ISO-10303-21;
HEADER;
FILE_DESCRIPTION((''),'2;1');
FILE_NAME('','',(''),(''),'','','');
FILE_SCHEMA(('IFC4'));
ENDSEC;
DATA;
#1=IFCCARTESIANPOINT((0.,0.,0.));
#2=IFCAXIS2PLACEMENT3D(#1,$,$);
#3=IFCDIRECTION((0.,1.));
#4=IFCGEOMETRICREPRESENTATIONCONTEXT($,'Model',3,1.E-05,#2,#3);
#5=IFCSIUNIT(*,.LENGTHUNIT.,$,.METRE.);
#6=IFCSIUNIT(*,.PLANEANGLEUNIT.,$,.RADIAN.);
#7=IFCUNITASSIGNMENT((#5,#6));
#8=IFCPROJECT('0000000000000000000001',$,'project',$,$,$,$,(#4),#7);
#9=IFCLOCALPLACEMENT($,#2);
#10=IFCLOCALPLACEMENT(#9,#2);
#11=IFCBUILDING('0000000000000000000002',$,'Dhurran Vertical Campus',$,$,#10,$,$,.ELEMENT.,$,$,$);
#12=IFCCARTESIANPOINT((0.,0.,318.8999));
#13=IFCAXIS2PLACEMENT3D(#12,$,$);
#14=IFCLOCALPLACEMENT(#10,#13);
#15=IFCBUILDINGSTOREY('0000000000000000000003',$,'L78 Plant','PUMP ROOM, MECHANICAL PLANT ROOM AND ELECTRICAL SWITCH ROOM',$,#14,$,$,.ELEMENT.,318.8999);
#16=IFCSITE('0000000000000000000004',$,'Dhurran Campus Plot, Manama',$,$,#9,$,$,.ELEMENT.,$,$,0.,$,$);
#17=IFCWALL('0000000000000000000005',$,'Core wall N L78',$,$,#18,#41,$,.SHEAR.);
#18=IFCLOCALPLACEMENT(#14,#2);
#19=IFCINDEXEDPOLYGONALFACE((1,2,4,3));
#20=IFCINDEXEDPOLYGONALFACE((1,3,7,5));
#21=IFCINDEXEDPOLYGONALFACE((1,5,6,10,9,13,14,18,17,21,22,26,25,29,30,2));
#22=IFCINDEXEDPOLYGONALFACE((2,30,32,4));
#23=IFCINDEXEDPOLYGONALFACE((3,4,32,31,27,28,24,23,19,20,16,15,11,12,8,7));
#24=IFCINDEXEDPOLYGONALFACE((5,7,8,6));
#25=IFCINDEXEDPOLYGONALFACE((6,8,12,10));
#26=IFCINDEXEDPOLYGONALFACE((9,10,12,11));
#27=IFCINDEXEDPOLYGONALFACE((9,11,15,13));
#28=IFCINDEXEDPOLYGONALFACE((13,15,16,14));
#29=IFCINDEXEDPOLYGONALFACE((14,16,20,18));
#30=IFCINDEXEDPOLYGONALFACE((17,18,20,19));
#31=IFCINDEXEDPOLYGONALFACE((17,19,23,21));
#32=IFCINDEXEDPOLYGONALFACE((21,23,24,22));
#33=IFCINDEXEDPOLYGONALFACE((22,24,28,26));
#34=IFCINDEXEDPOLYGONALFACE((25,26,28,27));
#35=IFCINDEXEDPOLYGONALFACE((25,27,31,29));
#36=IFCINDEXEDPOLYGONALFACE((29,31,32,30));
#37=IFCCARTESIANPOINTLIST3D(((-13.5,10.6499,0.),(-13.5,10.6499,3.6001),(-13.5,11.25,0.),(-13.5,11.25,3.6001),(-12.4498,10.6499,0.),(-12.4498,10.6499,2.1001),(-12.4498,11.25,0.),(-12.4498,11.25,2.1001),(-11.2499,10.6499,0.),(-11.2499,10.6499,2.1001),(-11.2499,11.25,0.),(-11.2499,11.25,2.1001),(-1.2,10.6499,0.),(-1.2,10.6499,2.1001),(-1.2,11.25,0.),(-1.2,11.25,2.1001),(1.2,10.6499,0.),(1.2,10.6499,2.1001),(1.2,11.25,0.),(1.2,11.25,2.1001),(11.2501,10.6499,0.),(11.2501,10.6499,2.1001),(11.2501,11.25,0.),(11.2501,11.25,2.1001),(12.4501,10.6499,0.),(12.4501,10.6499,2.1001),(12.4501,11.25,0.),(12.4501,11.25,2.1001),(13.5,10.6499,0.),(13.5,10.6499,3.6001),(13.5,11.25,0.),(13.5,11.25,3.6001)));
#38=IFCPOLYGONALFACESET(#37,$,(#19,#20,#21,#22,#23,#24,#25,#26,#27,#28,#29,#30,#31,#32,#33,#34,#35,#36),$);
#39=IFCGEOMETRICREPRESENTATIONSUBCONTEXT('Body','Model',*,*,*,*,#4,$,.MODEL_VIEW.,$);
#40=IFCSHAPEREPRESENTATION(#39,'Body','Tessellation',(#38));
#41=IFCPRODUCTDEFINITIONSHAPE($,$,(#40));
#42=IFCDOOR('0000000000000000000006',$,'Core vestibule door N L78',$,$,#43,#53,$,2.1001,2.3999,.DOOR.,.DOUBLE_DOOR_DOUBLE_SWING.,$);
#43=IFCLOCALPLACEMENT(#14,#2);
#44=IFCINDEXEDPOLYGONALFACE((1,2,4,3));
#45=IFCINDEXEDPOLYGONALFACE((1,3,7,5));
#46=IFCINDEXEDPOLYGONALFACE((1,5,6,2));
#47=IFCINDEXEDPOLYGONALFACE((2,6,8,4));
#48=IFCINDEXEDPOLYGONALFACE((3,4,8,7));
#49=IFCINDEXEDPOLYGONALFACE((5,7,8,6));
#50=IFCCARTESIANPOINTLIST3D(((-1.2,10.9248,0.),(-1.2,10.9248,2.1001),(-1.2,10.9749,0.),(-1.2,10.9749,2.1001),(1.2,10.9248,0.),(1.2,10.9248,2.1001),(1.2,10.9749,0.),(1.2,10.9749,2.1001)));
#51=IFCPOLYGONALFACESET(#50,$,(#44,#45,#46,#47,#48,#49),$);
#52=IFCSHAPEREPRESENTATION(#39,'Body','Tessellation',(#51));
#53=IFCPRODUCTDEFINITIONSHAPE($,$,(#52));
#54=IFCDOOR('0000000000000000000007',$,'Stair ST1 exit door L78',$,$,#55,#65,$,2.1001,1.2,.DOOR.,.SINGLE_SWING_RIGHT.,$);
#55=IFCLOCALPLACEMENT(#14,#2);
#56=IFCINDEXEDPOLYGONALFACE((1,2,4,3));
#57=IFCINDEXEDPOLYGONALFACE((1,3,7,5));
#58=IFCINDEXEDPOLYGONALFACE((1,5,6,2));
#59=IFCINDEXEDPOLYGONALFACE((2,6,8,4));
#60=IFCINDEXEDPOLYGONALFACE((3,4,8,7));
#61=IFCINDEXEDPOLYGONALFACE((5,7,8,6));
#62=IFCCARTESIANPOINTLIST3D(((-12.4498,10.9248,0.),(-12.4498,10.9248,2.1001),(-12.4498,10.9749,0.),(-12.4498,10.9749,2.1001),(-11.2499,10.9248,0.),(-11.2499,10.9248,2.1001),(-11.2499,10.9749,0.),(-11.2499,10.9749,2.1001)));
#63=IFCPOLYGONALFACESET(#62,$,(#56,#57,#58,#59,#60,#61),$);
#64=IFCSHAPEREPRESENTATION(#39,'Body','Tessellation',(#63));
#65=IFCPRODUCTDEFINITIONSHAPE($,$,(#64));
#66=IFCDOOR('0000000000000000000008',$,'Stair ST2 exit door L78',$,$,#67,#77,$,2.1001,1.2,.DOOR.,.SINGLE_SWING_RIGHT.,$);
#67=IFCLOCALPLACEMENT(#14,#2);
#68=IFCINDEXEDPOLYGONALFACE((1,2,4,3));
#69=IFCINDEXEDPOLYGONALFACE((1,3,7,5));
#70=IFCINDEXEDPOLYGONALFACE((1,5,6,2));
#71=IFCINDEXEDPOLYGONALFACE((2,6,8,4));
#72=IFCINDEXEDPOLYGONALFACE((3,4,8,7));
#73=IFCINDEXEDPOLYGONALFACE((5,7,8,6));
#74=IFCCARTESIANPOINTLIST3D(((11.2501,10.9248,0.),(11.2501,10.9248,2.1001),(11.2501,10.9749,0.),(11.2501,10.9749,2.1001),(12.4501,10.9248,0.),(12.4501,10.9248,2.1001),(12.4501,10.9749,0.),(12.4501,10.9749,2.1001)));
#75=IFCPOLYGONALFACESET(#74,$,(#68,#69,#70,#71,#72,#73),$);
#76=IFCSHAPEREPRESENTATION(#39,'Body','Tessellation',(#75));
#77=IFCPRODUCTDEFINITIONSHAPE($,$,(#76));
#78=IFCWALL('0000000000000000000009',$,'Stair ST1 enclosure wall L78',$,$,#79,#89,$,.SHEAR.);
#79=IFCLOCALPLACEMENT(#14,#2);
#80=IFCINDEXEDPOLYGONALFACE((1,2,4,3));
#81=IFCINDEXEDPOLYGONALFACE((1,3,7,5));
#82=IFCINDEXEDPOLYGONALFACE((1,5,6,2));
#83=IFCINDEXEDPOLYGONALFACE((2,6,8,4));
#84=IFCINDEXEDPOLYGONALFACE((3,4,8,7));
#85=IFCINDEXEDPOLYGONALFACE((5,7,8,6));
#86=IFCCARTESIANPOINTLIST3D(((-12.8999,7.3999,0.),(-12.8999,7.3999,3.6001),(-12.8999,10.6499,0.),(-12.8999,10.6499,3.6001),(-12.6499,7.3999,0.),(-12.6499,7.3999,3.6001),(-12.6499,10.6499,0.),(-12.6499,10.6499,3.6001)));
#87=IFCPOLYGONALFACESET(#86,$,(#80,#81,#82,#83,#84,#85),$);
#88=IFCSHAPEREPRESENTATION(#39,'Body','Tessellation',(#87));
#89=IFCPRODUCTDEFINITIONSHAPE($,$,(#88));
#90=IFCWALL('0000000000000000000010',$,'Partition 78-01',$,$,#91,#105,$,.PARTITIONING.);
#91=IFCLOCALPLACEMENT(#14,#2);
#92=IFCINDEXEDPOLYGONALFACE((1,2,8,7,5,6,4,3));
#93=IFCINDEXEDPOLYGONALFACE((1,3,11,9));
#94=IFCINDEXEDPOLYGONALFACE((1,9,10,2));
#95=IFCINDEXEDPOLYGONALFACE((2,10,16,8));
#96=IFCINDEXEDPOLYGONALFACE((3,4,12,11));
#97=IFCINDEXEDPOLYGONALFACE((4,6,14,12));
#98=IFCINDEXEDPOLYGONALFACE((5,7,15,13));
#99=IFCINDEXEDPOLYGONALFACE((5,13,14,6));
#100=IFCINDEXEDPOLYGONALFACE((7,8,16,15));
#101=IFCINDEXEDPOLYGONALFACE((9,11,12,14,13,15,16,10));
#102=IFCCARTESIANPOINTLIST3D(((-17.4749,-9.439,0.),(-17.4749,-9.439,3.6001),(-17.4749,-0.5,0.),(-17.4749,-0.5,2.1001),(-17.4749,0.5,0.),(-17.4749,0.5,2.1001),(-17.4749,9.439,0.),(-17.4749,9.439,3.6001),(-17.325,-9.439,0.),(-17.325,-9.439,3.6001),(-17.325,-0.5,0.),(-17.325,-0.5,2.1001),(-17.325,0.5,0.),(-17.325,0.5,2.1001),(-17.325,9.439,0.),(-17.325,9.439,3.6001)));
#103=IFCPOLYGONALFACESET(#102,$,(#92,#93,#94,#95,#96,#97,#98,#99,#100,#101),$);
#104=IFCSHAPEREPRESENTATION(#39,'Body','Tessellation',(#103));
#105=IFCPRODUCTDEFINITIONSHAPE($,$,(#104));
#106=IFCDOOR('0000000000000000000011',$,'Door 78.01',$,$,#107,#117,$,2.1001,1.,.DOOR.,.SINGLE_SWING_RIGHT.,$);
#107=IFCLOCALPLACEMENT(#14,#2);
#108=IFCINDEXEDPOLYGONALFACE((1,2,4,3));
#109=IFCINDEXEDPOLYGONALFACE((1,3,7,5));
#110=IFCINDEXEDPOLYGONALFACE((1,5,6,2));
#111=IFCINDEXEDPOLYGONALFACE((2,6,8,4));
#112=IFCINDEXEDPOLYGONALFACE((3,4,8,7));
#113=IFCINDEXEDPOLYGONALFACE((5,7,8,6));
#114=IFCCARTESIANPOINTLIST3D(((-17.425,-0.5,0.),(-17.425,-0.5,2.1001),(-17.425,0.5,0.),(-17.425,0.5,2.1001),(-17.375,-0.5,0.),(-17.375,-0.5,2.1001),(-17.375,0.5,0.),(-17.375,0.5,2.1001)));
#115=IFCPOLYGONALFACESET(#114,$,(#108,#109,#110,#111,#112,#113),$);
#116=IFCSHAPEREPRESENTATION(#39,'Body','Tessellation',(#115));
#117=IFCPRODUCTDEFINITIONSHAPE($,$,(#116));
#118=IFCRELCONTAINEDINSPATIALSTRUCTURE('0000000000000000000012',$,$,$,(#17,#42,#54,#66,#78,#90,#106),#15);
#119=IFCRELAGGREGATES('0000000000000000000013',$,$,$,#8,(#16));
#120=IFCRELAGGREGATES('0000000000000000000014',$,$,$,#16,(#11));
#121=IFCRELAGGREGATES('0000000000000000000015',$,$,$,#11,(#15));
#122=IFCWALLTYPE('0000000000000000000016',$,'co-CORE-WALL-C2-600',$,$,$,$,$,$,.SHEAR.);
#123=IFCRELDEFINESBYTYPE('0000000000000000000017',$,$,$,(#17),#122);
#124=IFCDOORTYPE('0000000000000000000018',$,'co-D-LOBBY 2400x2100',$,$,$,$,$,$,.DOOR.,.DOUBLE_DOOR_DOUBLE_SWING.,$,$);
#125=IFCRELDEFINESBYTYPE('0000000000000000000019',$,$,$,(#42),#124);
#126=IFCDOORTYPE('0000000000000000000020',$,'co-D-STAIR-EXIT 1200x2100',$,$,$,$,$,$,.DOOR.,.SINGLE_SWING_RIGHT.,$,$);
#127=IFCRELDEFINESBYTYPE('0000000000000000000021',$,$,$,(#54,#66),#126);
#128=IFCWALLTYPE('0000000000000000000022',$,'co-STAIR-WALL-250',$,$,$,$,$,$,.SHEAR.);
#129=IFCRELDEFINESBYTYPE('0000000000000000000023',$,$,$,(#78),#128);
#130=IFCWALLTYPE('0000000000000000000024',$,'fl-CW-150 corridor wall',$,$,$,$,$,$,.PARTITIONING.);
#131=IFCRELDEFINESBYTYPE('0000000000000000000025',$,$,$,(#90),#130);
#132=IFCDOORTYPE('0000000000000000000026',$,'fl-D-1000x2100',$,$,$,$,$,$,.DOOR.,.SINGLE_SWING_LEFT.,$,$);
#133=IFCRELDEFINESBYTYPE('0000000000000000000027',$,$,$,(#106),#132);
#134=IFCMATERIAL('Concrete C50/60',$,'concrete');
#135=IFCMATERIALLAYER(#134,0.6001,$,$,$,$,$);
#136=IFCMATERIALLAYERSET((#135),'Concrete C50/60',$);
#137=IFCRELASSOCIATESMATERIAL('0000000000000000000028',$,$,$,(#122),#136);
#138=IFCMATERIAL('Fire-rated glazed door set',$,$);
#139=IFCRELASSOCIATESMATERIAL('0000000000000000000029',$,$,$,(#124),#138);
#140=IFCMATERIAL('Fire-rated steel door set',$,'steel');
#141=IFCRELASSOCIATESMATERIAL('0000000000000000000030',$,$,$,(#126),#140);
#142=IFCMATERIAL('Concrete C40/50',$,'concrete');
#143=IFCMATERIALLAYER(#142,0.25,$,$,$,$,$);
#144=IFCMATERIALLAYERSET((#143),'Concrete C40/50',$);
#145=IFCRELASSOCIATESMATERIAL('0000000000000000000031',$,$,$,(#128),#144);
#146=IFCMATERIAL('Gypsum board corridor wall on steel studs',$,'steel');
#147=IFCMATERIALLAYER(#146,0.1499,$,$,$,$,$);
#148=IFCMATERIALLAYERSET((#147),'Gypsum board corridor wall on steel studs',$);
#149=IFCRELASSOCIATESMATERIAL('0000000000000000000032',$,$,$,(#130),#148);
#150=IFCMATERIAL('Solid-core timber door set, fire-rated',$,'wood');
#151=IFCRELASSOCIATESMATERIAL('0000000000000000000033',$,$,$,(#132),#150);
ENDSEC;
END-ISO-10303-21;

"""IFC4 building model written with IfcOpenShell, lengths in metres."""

from ifc_helpers import new_model, si_unit, direction, frame, frame_2d, origin, place, context, subcontext, project, spatial, rectangle, extrude, material, layer, layer_set, type_object, element, fill, save


model = new_model("IFC4")

# Units and contexts
model_context = context("Model", 3, precision=1e-05, world=origin(), true_north=direction((0.0, 1.0)))
body_context = subcontext(model_context, "Body", "Model", "MODEL_VIEW")
ifc_project = project(units=[si_unit("LENGTHUNIT", "METRE"), si_unit("PLANEANGLEUNIT", "RADIAN")], contexts=[model_context])

# Site, building, storey
site_placement = place(None, origin())
site = spatial("IfcSite", under=ifc_project, at=site_placement, Name="Dhurran Campus Plot, Manama", CompositionType="ELEMENT", RefElevation=0.0)
building_placement = place(site_placement, origin())
building = spatial("IfcBuilding", under=site, at=building_placement, Name="Dhurran Vertical Campus", CompositionType="ELEMENT")
storey_placement = place(building_placement, frame((0.0, 0.0, 318.8999)))
storey = spatial("IfcBuildingStorey", under=building, at=storey_placement, Name="L78 Plant", Description="PUMP ROOM, MECHANICAL PLANT ROOM AND ELECTRICAL SWITCH ROOM", CompositionType="ELEMENT", Elevation=318.8999)

# Wall, openings, doors
ifc_material_1 = material(Name="Concrete C50/60", Category="concrete")
ifc_layer_1 = layer(ifc_material_1, 0.6001)
ifc_layer_set_1 = layer_set([ifc_layer_1], Name="Concrete C50/60")
wall_type_1 = type_object("IfcWallType", Name="co-CORE-WALL-C2-600", PredefinedType="SHEAR", material=ifc_layer_set_1)
wall_1_placement = place(storey_placement, frame((-13.5, 10.95, 0.0), z_axis=(0.0, 0.0, 1.0), x_axis=(1.0, 0.0, 0.0)))
wall_1 = element("IfcWall", 1, at=wall_1_placement, inside=storey, type_object=wall_type_1, Name="Core wall N L78", PredefinedType="SHEAR", context=body_context, shape_type="SweptSolid", body=[
    extrude(rectangle(XDim=27.0, YDim=0.6001, at=frame_2d((13.5, 0.0))), origin(), (0.0, 0.0, 1.0), 3.6001),
])
opening_1_placement = place(wall_1_placement, frame((12.3, 0.0, 0.0)))
opening_1 = element("IfcOpeningElement", 2, at=opening_1_placement, cuts=wall_1, PredefinedType="OPENING", context=body_context, shape_type="SweptSolid", body=[
    extrude(rectangle(XDim=2.3999, YDim=2.1001, at=frame_2d((1.2, 1.05))), frame((0.0, 0.3101, 0.0), z_axis=(0.0, -1.0, 0.0), x_axis=(1.0, 0.0, 0.0)), (0.0, 0.0, 1.0), 0.6201),
])
opening_2_placement = place(wall_1_placement, frame((1.05, 0.0, 0.0)))
opening_2 = element("IfcOpeningElement", 3, at=opening_2_placement, cuts=wall_1, PredefinedType="OPENING", context=body_context, shape_type="SweptSolid", body=[
    extrude(rectangle(XDim=1.2, YDim=2.1001, at=frame_2d((0.6001, 1.05))), frame((0.0, 0.3101, 0.0), z_axis=(0.0, -1.0, 0.0), x_axis=(1.0, 0.0, 0.0)), (0.0, 0.0, 1.0), 0.6201),
])
opening_3_placement = place(wall_1_placement, frame((24.75, 0.0, 0.0)))
opening_3 = element("IfcOpeningElement", 4, at=opening_3_placement, cuts=wall_1, PredefinedType="OPENING", context=body_context, shape_type="SweptSolid", body=[
    extrude(rectangle(XDim=1.2, YDim=2.1001, at=frame_2d((0.6001, 1.05))), frame((0.0, 0.3101, 0.0), z_axis=(0.0, -1.0, 0.0), x_axis=(1.0, 0.0, 0.0)), (0.0, 0.0, 1.0), 0.6201),
])
ifc_material_2 = material(Name="Fire-rated glazed door set")
door_type_1 = type_object("IfcDoorType", Name="co-D-LOBBY 2400x2100", OperationType="DOUBLE_DOOR_DOUBLE_SWING", PredefinedType="DOOR", material=ifc_material_2)
door_1_placement = place(opening_1_placement, origin())
door_1 = element("IfcDoor", 5, at=door_1_placement, inside=storey, type_object=door_type_1, Name="Core vestibule door N L78", OperationType="DOUBLE_DOOR_DOUBLE_SWING", OverallHeight=2.1001, OverallWidth=2.3999, PredefinedType="DOOR", context=body_context, shape_type="SweptSolid", body=[
    extrude(rectangle(XDim=2.3999, YDim=2.1001, at=frame_2d((1.2, 1.05))), frame((0.0, 0.0249, 0.0), z_axis=(0.0, -1.0, 0.0), x_axis=(1.0, 0.0, 0.0)), (0.0, 0.0, 1.0), 0.05),
])
fill(opening_1, door_1)
ifc_material_3 = material(Name="Fire-rated steel door set", Category="steel")
door_type_2 = type_object("IfcDoorType", Name="co-D-STAIR-EXIT 1200x2100", OperationType="SINGLE_SWING_RIGHT", PredefinedType="DOOR", material=ifc_material_3)
door_2_placement = place(opening_2_placement, origin())
door_2 = element("IfcDoor", 6, at=door_2_placement, inside=storey, type_object=door_type_2, Name="Stair ST1 exit door L78", OperationType="SINGLE_SWING_RIGHT", OverallHeight=2.1001, OverallWidth=1.2, PredefinedType="DOOR", context=body_context, shape_type="SweptSolid", body=[
    extrude(rectangle(XDim=1.2, YDim=2.1001, at=frame_2d((0.6001, 1.05))), frame((0.0, 0.0249, 0.0), z_axis=(0.0, -1.0, 0.0), x_axis=(1.0, 0.0, 0.0)), (0.0, 0.0, 1.0), 0.05),
])
fill(opening_2, door_2)
door_3_placement = place(opening_3_placement, origin())
door_3 = element("IfcDoor", 7, at=door_3_placement, inside=storey, type_object=door_type_2, Name="Stair ST2 exit door L78", OperationType="SINGLE_SWING_RIGHT", OverallHeight=2.1001, OverallWidth=1.2, PredefinedType="DOOR", context=body_context, shape_type="SweptSolid", body=[
    extrude(rectangle(XDim=1.2, YDim=2.1001, at=frame_2d((0.6001, 1.05))), frame((0.0, 0.0249, 0.0), z_axis=(0.0, -1.0, 0.0), x_axis=(1.0, 0.0, 0.0)), (0.0, 0.0, 1.0), 0.05),
])
fill(opening_3, door_3)

# Wall
ifc_material_4 = material(Name="Concrete C40/50", Category="concrete")
ifc_layer_2 = layer(ifc_material_4, 0.25)
ifc_layer_set_2 = layer_set([ifc_layer_2], Name="Concrete C40/50")
wall_type_2 = type_object("IfcWallType", Name="co-STAIR-WALL-250", PredefinedType="SHEAR", material=ifc_layer_set_2)
wall_2_placement = place(storey_placement, frame((-12.7749, 7.3999, 0.0), z_axis=(0.0, 0.0, 1.0), x_axis=(0.0, 1.0, 0.0)))
element("IfcWall", 8, at=wall_2_placement, inside=storey, type_object=wall_type_2, Name="Stair ST1 enclosure wall L78", PredefinedType="SHEAR", context=body_context, shape_type="SweptSolid", body=[
    extrude(rectangle(XDim=3.25, YDim=0.25, at=frame_2d((1.625, 0.0))), origin(), (0.0, 0.0, 1.0), 3.6001),
])

# Wall, opening, door
ifc_material_5 = material(Name="Gypsum board corridor wall on steel studs", Category="steel")
ifc_layer_3 = layer(ifc_material_5, 0.1499)
ifc_layer_set_3 = layer_set([ifc_layer_3], Name="Gypsum board corridor wall on steel studs")
wall_type_3 = type_object("IfcWallType", Name="fl-CW-150 corridor wall", PredefinedType="PARTITIONING", material=ifc_layer_set_3)
wall_3_placement = place(storey_placement, frame((-17.3999, 9.439, 0.0), z_axis=(0.0, 0.0, 1.0), x_axis=(0.0, -1.0, 0.0)))
wall_3 = element("IfcWall", 9, at=wall_3_placement, inside=storey, type_object=wall_type_3, Name="Partition 78-01", PredefinedType="PARTITIONING", context=body_context, shape_type="SweptSolid", body=[
    extrude(rectangle(XDim=18.8779, YDim=0.1499, at=frame_2d((9.439, 0.0))), origin(), (0.0, 0.0, 1.0), 3.6001),
])
opening_4_placement = place(wall_3_placement, frame((8.939, 0.0, 0.0)))
opening_4 = element("IfcOpeningElement", 10, at=opening_4_placement, cuts=wall_3, PredefinedType="OPENING", context=body_context, shape_type="SweptSolid", body=[
    extrude(rectangle(XDim=1.0, YDim=2.1001, at=frame_2d((0.5, 1.05))), frame((0.0, 0.085, 0.0), z_axis=(0.0, -1.0, 0.0), x_axis=(1.0, 0.0, 0.0)), (0.0, 0.0, 1.0), 0.1699),
])
ifc_material_6 = material(Name="Solid-core timber door set, fire-rated", Category="wood")
door_type_3 = type_object("IfcDoorType", Name="fl-D-1000x2100", OperationType="SINGLE_SWING_LEFT", PredefinedType="DOOR", material=ifc_material_6)
door_4_placement = place(opening_4_placement, origin())
door_4 = element("IfcDoor", 11, at=door_4_placement, inside=storey, type_object=door_type_3, Name="Door 78.01", OperationType="SINGLE_SWING_RIGHT", OverallHeight=2.1001, OverallWidth=1.0, PredefinedType="DOOR", context=body_context, shape_type="SweptSolid", body=[
    extrude(rectangle(XDim=1.0, YDim=2.1001, at=frame_2d((0.5, 1.05))), frame((0.0, 0.0249, 0.0), z_axis=(0.0, -1.0, 0.0), x_axis=(1.0, 0.0, 0.0)), (0.0, 0.0, 1.0), 0.05),
])
fill(opening_4, door_4)

save(model, "model.ifc")
